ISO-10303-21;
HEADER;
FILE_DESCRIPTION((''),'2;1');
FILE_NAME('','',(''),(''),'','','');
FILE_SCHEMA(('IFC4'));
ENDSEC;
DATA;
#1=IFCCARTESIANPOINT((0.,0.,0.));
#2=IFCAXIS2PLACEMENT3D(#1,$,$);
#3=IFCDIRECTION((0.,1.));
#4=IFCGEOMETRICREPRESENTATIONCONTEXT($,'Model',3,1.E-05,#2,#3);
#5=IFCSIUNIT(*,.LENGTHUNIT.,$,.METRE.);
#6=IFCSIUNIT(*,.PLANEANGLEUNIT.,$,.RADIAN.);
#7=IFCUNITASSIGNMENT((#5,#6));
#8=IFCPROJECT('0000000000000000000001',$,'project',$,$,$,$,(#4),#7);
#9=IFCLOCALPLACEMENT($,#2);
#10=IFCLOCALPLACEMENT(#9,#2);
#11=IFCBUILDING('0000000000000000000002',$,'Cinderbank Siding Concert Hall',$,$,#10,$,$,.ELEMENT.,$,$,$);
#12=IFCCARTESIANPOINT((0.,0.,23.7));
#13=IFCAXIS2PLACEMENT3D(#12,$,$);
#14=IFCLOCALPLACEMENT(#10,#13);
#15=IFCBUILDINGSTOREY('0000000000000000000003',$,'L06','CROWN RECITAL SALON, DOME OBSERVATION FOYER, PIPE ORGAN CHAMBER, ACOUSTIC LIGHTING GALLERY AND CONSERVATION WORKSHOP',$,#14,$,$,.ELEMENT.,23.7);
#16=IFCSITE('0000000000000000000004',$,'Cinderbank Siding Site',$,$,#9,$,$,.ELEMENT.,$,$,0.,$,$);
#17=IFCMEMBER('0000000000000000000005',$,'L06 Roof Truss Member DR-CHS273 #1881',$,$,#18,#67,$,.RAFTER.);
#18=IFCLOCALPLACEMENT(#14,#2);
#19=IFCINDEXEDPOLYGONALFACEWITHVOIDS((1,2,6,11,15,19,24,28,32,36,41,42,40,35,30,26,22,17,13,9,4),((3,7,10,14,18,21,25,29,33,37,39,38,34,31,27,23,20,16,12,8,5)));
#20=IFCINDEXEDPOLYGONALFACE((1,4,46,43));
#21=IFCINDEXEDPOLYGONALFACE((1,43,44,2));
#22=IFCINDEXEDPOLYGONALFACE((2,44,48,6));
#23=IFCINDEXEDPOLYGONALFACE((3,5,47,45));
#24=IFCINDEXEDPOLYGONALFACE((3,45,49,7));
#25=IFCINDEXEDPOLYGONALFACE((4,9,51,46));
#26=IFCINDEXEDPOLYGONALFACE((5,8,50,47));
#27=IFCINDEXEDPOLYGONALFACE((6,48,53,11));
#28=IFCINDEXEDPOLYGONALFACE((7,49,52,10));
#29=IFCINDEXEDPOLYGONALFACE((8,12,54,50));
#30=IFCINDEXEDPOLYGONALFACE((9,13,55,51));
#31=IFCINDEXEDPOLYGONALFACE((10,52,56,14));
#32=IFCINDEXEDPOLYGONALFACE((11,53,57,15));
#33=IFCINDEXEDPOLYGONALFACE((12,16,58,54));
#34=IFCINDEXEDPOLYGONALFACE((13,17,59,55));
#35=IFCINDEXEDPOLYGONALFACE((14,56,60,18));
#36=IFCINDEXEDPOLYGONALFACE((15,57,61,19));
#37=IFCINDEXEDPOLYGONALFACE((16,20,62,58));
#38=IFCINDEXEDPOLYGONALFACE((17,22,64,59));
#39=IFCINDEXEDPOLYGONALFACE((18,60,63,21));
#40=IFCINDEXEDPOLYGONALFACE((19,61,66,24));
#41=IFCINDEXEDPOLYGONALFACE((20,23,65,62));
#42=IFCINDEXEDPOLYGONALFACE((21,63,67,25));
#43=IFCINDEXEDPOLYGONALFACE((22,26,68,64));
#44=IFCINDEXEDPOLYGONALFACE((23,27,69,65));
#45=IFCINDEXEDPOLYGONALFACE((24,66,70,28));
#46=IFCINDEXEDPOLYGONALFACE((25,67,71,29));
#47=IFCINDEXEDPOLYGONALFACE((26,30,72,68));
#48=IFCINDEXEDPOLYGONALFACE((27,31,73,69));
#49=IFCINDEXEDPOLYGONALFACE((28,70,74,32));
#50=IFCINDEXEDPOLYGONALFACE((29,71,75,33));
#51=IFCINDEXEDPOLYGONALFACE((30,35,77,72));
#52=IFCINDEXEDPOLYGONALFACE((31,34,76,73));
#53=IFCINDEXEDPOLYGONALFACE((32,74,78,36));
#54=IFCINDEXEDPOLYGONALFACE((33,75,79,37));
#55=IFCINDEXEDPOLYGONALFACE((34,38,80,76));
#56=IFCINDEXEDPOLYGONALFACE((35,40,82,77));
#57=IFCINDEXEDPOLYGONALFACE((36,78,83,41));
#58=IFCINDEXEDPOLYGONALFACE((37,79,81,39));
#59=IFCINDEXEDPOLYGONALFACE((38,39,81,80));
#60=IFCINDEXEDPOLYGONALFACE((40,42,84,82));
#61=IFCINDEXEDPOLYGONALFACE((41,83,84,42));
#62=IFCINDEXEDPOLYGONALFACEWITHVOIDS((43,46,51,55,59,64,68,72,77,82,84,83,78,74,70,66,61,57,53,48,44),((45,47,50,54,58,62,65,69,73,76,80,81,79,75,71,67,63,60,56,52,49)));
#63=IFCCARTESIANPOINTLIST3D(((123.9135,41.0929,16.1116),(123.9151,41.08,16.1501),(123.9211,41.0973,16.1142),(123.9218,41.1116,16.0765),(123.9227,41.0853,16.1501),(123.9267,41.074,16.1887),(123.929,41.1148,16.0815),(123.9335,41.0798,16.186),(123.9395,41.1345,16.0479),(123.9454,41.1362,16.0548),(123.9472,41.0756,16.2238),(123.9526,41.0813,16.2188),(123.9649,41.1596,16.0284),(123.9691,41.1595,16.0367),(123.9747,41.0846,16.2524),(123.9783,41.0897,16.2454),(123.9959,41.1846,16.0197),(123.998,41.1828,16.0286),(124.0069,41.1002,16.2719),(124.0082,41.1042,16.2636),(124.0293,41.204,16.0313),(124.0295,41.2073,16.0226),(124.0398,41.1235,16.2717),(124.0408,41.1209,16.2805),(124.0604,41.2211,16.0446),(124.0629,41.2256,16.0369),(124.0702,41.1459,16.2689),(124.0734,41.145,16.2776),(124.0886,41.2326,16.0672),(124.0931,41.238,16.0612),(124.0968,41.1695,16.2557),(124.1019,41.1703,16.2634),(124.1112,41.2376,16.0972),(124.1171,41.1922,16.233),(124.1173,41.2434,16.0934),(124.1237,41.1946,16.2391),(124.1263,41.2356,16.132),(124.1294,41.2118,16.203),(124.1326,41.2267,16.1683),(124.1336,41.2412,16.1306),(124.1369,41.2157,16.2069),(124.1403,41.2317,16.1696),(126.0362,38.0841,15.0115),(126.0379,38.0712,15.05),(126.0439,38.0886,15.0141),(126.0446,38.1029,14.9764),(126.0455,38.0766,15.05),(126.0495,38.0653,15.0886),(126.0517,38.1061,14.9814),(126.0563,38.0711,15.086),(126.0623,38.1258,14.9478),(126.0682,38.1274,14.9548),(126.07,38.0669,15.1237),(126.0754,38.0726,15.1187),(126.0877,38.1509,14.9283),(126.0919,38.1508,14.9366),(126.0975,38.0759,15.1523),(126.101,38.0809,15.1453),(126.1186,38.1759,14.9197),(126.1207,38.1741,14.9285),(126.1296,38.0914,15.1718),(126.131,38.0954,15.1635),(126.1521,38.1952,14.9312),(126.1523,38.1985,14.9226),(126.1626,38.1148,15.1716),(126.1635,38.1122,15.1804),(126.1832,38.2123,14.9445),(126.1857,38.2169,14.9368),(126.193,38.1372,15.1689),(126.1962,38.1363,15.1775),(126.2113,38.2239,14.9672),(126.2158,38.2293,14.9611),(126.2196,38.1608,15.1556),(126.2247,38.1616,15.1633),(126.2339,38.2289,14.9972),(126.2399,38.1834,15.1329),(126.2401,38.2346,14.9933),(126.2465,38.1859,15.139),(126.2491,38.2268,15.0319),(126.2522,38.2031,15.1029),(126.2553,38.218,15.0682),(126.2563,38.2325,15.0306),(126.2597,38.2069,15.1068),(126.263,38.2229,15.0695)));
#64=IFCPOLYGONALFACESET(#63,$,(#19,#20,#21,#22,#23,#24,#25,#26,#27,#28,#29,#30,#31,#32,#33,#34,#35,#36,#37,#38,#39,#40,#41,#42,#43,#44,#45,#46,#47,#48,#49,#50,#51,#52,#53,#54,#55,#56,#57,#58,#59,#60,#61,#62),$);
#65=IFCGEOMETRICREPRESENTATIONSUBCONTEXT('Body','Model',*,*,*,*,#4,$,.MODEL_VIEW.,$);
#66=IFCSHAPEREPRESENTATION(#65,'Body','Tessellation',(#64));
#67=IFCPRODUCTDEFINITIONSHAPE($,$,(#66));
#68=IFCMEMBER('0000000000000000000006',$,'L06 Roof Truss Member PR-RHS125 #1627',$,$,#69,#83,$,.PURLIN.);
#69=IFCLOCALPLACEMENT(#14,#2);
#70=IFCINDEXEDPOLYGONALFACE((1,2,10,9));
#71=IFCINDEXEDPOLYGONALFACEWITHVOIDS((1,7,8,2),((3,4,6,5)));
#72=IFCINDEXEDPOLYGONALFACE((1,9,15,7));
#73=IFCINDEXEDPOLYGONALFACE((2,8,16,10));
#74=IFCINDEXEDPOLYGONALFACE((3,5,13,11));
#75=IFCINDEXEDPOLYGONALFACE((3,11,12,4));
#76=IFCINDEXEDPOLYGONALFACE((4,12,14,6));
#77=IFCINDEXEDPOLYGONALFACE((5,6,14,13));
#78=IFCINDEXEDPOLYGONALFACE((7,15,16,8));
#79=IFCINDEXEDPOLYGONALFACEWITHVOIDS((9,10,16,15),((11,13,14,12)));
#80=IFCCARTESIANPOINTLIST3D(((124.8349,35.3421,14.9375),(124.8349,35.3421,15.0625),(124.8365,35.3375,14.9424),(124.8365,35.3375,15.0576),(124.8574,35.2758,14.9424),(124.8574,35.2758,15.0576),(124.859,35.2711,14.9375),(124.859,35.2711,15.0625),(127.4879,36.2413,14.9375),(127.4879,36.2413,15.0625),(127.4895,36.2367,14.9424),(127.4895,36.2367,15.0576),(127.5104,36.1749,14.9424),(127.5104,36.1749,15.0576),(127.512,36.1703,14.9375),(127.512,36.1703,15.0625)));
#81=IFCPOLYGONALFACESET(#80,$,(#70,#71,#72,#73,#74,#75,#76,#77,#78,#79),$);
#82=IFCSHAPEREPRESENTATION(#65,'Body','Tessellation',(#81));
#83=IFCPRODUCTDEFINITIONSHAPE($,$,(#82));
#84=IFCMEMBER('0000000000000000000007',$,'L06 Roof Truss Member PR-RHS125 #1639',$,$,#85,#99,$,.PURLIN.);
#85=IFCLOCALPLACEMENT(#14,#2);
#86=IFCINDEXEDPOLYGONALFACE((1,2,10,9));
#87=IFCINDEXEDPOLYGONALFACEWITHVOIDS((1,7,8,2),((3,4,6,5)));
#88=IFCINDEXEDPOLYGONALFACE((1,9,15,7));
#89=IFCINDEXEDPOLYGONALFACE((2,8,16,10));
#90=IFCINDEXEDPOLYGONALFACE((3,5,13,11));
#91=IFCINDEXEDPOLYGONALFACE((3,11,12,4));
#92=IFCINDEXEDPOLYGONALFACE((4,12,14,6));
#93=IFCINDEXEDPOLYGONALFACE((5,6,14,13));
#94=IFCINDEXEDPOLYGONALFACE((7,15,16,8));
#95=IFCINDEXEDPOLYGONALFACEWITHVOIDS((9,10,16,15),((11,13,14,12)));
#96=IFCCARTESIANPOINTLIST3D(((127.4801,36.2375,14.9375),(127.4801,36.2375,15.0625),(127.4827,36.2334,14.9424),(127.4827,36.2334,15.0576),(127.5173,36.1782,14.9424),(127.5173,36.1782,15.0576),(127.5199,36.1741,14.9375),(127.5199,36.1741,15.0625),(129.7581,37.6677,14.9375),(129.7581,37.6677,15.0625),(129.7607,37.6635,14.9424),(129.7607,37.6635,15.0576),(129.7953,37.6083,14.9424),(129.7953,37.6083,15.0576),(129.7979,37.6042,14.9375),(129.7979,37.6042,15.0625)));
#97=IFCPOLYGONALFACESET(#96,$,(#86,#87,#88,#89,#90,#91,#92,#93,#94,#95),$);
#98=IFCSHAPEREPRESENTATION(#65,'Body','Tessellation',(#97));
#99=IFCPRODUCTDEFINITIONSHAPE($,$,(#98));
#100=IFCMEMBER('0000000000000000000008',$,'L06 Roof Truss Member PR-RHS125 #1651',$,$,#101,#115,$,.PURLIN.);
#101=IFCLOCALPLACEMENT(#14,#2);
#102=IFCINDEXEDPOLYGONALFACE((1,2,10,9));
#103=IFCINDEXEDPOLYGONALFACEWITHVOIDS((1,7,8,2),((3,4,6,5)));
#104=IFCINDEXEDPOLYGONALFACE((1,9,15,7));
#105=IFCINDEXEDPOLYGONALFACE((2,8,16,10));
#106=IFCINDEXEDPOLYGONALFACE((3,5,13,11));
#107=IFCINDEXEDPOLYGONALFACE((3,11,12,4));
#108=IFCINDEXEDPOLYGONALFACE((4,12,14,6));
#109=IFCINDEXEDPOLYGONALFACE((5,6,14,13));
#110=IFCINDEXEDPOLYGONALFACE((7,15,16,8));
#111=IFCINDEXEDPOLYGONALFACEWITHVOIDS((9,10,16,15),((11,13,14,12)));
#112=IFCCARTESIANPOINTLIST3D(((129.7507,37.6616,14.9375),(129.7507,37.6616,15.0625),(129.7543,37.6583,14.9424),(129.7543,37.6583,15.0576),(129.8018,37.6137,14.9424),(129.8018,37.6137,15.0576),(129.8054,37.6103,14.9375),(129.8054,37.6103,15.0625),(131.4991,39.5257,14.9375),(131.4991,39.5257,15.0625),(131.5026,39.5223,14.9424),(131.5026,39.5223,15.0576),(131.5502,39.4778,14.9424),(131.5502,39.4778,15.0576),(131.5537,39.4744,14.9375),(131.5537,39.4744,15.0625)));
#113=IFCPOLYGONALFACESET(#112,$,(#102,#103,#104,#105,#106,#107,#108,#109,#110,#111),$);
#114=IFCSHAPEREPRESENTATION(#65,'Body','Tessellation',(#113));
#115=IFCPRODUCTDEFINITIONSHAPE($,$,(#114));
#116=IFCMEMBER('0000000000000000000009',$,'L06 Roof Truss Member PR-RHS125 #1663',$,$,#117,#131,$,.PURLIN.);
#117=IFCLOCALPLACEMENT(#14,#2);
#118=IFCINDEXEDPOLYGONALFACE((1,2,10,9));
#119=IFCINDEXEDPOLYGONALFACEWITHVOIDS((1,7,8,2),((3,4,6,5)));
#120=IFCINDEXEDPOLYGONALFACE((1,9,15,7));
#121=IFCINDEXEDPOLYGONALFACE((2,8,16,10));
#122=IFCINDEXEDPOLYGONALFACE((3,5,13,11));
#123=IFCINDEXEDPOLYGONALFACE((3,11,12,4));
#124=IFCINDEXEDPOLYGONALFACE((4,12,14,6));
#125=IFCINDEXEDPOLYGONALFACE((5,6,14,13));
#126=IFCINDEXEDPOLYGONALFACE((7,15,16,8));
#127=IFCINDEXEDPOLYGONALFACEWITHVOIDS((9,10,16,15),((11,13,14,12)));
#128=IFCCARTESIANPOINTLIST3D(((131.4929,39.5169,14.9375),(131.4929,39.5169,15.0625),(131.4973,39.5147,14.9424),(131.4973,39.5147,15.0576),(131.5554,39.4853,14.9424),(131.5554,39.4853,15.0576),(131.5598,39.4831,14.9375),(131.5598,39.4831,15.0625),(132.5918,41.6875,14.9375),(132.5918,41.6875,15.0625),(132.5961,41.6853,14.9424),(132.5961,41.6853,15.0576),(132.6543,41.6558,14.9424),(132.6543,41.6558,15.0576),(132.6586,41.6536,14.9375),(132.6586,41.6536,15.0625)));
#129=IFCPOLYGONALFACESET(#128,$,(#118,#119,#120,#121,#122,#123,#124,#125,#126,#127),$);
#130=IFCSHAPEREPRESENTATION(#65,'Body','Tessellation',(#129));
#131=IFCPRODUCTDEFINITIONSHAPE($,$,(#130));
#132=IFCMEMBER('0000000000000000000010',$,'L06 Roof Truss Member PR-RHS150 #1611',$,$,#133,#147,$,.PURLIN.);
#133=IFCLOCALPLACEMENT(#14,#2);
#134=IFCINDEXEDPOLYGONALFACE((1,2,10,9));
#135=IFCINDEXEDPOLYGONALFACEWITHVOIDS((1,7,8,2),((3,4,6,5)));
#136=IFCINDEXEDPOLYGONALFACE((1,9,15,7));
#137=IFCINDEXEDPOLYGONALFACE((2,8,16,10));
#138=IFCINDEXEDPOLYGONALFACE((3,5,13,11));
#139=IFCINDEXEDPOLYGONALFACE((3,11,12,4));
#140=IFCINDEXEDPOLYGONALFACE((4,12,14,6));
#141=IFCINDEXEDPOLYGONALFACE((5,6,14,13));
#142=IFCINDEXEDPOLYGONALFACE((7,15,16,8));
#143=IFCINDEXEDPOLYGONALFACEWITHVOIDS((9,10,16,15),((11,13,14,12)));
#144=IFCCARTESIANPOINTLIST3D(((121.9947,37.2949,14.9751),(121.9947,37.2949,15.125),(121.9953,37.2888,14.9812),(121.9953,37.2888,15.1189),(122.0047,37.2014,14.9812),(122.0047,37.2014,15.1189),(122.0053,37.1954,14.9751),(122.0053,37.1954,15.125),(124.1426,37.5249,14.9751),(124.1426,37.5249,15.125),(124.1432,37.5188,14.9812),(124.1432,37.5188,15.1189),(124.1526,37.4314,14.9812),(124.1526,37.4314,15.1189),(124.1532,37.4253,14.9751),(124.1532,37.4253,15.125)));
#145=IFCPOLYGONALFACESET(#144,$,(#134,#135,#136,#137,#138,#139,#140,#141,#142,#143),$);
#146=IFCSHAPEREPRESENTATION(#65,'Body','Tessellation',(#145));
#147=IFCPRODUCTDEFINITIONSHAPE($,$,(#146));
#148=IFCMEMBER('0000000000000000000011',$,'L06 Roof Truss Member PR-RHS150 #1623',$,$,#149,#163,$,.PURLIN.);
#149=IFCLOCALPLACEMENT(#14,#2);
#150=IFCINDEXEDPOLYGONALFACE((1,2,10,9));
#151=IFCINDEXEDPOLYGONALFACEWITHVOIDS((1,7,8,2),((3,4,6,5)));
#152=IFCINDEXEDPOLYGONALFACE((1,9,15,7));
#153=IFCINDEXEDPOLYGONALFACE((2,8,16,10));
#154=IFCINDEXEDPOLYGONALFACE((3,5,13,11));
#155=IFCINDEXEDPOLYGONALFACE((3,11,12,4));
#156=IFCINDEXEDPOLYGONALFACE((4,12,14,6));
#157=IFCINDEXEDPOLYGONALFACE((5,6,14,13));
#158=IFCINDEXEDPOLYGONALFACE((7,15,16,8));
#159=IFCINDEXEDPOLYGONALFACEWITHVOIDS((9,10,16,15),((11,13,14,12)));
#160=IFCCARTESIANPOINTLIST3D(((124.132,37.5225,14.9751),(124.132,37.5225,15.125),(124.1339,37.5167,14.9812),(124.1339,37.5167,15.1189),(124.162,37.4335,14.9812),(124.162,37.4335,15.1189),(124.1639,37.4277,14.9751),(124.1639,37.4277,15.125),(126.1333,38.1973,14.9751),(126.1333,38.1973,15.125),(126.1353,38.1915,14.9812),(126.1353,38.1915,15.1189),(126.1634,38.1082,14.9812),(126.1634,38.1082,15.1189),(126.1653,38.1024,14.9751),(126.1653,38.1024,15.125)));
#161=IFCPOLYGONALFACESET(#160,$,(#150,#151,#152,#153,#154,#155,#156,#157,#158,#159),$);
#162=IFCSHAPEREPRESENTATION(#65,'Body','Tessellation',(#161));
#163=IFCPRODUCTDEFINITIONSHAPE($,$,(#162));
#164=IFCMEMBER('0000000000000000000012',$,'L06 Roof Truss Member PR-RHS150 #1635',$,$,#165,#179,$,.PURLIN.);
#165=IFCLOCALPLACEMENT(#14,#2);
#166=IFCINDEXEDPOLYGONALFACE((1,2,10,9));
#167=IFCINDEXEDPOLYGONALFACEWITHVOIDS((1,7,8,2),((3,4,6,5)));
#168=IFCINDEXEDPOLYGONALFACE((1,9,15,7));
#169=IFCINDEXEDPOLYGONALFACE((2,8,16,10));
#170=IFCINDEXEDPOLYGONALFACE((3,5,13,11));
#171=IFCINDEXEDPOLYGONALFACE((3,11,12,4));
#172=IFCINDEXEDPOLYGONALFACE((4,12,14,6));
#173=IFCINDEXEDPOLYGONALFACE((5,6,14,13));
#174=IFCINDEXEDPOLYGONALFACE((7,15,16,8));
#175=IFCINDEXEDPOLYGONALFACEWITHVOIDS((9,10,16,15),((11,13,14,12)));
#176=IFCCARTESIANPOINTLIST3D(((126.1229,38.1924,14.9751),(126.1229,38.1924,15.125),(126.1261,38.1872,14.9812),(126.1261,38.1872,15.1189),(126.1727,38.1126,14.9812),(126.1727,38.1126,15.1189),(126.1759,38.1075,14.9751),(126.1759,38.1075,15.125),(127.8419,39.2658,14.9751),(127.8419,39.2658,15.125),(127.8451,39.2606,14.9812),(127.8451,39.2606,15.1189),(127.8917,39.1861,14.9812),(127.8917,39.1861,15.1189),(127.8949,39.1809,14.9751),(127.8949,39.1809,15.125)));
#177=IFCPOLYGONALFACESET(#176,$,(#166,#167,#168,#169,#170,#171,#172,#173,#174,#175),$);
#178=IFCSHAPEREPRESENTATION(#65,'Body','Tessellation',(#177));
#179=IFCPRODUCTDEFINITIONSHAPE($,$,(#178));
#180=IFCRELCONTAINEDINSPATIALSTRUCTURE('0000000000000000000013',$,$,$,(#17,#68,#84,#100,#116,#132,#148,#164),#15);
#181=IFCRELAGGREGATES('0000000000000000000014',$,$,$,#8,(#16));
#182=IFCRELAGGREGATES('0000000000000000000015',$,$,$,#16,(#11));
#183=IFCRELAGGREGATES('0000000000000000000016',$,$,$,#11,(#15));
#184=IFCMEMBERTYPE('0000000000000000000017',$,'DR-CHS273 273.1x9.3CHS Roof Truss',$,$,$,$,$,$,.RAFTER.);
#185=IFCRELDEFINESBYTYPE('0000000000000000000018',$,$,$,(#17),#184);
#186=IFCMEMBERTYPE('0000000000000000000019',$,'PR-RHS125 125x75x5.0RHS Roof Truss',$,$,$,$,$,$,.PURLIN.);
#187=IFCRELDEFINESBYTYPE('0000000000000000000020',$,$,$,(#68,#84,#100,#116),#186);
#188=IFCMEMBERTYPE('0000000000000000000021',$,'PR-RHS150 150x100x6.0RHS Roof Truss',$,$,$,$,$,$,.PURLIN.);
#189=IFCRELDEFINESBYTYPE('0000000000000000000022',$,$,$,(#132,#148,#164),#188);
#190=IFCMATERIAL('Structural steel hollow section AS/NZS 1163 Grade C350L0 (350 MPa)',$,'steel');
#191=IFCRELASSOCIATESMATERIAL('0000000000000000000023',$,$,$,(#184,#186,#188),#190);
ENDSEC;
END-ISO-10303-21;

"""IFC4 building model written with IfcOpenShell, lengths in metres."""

from ifc_helpers import new_model, si_unit, direction, frame, origin, origin_2d, place, context, subcontext, project, spatial, hollow_rectangle, hollow_circle, extrude, material, material_profile, profile_set, type_object, element, save


model = new_model("IFC4")

# Units and contexts
model_context = context("Model", 3, precision=1e-05, world=origin(), true_north=direction((0.0, 1.0)))
body_context = subcontext(model_context, "Body", "Model", "MODEL_VIEW")
ifc_project = project(units=[si_unit("LENGTHUNIT", "METRE"), si_unit("PLANEANGLEUNIT", "RADIAN")], contexts=[model_context])

# Site, building, storey
site_placement = place(None, origin())
site = spatial("IfcSite", under=ifc_project, at=site_placement, Name="Cinderbank Siding Site", CompositionType="ELEMENT", RefElevation=0.0)
building_placement = place(site_placement, origin())
building = spatial("IfcBuilding", under=site, at=building_placement, Name="Cinderbank Siding Concert Hall", CompositionType="ELEMENT")
storey_placement = place(building_placement, frame((0.0, 0.0, 23.7)))
storey = spatial("IfcBuildingStorey", under=building, at=storey_placement, Name="L06", Description="CROWN RECITAL SALON, DOME OBSERVATION FOYER, PIPE ORGAN CHAMBER, ACOUSTIC LIGHTING GALLERY AND CONSERVATION WORKSHOP", CompositionType="ELEMENT", Elevation=23.7)

# Members
ifc_material_1 = material(Name="Structural steel hollow section AS/NZS 1163 Grade C350L0 (350 MPa)", Category="steel")
ifc_material_profile_1 = material_profile(ifc_material_1, hollow_circle(Radius=0.1365, WallThickness=0.0093, at=origin_2d()), Name="273.1x9.3CHS", Category="LoadBearing")
ifc_profile_set_1 = profile_set([ifc_material_profile_1], Name="Structural steel hollow section AS/NZS 1163 Grade C350L0 (350 MPa)")
member_type_1 = type_object("IfcMemberType", Name="DR-CHS273 273.1x9.3CHS Roof Truss", PredefinedType="RAFTER", material=ifc_profile_set_1)
member_1_placement = place(storey_placement, frame((126.1494, 38.1499, 15.05), z_axis=(-0.552369, 0.782909, 0.286254), x_axis=(-0.817102, -0.576493, 0.0)))
element("IfcMember", 1, at=member_1_placement, inside=storey, type_object=member_type_1, Name="L06 Roof Truss Member DR-CHS273 #1881", PredefinedType="RAFTER", context=body_context, shape_type="SweptSolid", body=[
    extrude(hollow_circle(Radius=0.1365, WallThickness=0.0093, at=origin_2d()), origin(), (0.0, 0.0, 1.0), 3.843),
])
ifc_material_profile_2 = material_profile(ifc_material_1, hollow_rectangle(XDim=0.075, YDim=0.125, WallThickness=0.0049, at=origin_2d()), Name="125x75x5.0RHS", Category="LoadBearing")
ifc_profile_set_2 = profile_set([ifc_material_profile_2], Name="Structural steel hollow section AS/NZS 1163 Grade C350L0 (350 MPa)")
member_type_2 = type_object("IfcMemberType", Name="PR-RHS125 125x75x5.0RHS Roof Truss", PredefinedType="PURLIN", material=ifc_profile_set_2)
member_2_placement = place(storey_placement, frame((124.8469, 35.3066, 15.0), z_axis=(0.947085, 0.320982, 0.0), x_axis=(-0.320982, 0.947085, 0.0)))
element("IfcMember", 2, at=member_2_placement, inside=storey, type_object=member_type_2, Name="L06 Roof Truss Member PR-RHS125 #1627", PredefinedType="PURLIN", context=body_context, shape_type="SweptSolid", body=[
    extrude(hollow_rectangle(XDim=0.075, YDim=0.125, WallThickness=0.0049, at=origin_2d()), origin(), (0.0, 0.0, 1.0), 2.8013),
])
member_3_placement = place(storey_placement, frame((127.5, 36.2058, 15.0), z_axis=(0.846931, 0.531703, 0.0), x_axis=(-0.531703, 0.846931, 0.0)))
element("IfcMember", 3, at=member_3_placement, inside=storey, type_object=member_type_2, Name="L06 Roof Truss Member PR-RHS125 #1639", PredefinedType="PURLIN", context=body_context, shape_type="SweptSolid", body=[
    extrude(hollow_rectangle(XDim=0.075, YDim=0.125, WallThickness=0.0049, at=origin_2d()), origin(), (0.0, 0.0, 1.0), 2.6897),
])
member_4_placement = place(storey_placement, frame((129.7781, 37.636, 15.0), z_axis=(0.684103, 0.729385, 0.0), x_axis=(-0.729385, 0.684103, 0.0)))
element("IfcMember", 4, at=member_4_placement, inside=storey, type_object=member_type_2, Name="L06 Roof Truss Member PR-RHS125 #1651", PredefinedType="PURLIN", context=body_context, shape_type="SweptSolid", body=[
    extrude(hollow_rectangle(XDim=0.075, YDim=0.125, WallThickness=0.0049, at=origin_2d()), origin(), (0.0, 0.0, 1.0), 2.5557),
])
member_5_placement = place(storey_placement, frame((131.5264, 39.5, 15.0), z_axis=(0.451663, 0.892188, 0.0), x_axis=(-0.892188, 0.451663, 0.0)))
element("IfcMember", 5, at=member_5_placement, inside=storey, type_object=member_type_2, Name="L06 Roof Truss Member PR-RHS125 #1663", PredefinedType="PURLIN", context=body_context, shape_type="SweptSolid", body=[
    extrude(hollow_rectangle(XDim=0.075, YDim=0.125, WallThickness=0.0049, at=origin_2d()), origin(), (0.0, 0.0, 1.0), 2.4329),
])
ifc_material_profile_3 = material_profile(ifc_material_1, hollow_rectangle(XDim=0.1001, YDim=0.1499, WallThickness=0.0061, at=origin_2d()), Name="150x100x6.0RHS", Category="LoadBearing")
ifc_profile_set_3 = profile_set([ifc_material_profile_3], Name="Structural steel hollow section AS/NZS 1163 Grade C350L0 (350 MPa)")
member_type_3 = type_object("IfcMemberType", Name="PR-RHS150 150x100x6.0RHS Roof Truss", PredefinedType="PURLIN", material=ifc_profile_set_3)
member_6_placement = place(storey_placement, frame((122.0, 37.2451, 15.05), z_axis=(0.994317, 0.106461, 0.0), x_axis=(-0.106461, 0.994317, 0.0)))
element("IfcMember", 6, at=member_6_placement, inside=storey, type_object=member_type_3, Name="L06 Roof Truss Member PR-RHS150 #1611", PredefinedType="PURLIN", context=body_context, shape_type="SweptSolid", body=[
    extrude(hollow_rectangle(XDim=0.1001, YDim=0.1499, WallThickness=0.0061, at=origin_2d()), origin(), (0.0, 0.0, 1.0), 2.1602),
])
member_7_placement = place(storey_placement, frame((124.1479, 37.4751, 15.05), z_axis=(0.947591, 0.319485, 0.0), x_axis=(-0.319485, 0.947591, 0.0)))
element("IfcMember", 7, at=member_7_placement, inside=storey, type_object=member_type_3, Name="L06 Roof Truss Member PR-RHS150 #1623", PredefinedType="PURLIN", context=body_context, shape_type="SweptSolid", body=[
    extrude(hollow_rectangle(XDim=0.1001, YDim=0.1499, WallThickness=0.0061, at=origin_2d()), origin(), (0.0, 0.0, 1.0), 2.1121),
])
member_8_placement = place(storey_placement, frame((126.1494, 38.1499, 15.05), z_axis=(0.848195, 0.529685, 0.0), x_axis=(-0.529685, 0.848195, 0.0)))
element("IfcMember", 8, at=member_8_placement, inside=storey, type_object=member_type_3, Name="L06 Roof Truss Member PR-RHS150 #1635", PredefinedType="PURLIN", context=body_context, shape_type="SweptSolid", body=[
    extrude(hollow_rectangle(XDim=0.1001, YDim=0.1499, WallThickness=0.0061, at=origin_2d()), origin(), (0.0, 0.0, 1.0), 2.0266),
])

save(model, "model.ifc")
